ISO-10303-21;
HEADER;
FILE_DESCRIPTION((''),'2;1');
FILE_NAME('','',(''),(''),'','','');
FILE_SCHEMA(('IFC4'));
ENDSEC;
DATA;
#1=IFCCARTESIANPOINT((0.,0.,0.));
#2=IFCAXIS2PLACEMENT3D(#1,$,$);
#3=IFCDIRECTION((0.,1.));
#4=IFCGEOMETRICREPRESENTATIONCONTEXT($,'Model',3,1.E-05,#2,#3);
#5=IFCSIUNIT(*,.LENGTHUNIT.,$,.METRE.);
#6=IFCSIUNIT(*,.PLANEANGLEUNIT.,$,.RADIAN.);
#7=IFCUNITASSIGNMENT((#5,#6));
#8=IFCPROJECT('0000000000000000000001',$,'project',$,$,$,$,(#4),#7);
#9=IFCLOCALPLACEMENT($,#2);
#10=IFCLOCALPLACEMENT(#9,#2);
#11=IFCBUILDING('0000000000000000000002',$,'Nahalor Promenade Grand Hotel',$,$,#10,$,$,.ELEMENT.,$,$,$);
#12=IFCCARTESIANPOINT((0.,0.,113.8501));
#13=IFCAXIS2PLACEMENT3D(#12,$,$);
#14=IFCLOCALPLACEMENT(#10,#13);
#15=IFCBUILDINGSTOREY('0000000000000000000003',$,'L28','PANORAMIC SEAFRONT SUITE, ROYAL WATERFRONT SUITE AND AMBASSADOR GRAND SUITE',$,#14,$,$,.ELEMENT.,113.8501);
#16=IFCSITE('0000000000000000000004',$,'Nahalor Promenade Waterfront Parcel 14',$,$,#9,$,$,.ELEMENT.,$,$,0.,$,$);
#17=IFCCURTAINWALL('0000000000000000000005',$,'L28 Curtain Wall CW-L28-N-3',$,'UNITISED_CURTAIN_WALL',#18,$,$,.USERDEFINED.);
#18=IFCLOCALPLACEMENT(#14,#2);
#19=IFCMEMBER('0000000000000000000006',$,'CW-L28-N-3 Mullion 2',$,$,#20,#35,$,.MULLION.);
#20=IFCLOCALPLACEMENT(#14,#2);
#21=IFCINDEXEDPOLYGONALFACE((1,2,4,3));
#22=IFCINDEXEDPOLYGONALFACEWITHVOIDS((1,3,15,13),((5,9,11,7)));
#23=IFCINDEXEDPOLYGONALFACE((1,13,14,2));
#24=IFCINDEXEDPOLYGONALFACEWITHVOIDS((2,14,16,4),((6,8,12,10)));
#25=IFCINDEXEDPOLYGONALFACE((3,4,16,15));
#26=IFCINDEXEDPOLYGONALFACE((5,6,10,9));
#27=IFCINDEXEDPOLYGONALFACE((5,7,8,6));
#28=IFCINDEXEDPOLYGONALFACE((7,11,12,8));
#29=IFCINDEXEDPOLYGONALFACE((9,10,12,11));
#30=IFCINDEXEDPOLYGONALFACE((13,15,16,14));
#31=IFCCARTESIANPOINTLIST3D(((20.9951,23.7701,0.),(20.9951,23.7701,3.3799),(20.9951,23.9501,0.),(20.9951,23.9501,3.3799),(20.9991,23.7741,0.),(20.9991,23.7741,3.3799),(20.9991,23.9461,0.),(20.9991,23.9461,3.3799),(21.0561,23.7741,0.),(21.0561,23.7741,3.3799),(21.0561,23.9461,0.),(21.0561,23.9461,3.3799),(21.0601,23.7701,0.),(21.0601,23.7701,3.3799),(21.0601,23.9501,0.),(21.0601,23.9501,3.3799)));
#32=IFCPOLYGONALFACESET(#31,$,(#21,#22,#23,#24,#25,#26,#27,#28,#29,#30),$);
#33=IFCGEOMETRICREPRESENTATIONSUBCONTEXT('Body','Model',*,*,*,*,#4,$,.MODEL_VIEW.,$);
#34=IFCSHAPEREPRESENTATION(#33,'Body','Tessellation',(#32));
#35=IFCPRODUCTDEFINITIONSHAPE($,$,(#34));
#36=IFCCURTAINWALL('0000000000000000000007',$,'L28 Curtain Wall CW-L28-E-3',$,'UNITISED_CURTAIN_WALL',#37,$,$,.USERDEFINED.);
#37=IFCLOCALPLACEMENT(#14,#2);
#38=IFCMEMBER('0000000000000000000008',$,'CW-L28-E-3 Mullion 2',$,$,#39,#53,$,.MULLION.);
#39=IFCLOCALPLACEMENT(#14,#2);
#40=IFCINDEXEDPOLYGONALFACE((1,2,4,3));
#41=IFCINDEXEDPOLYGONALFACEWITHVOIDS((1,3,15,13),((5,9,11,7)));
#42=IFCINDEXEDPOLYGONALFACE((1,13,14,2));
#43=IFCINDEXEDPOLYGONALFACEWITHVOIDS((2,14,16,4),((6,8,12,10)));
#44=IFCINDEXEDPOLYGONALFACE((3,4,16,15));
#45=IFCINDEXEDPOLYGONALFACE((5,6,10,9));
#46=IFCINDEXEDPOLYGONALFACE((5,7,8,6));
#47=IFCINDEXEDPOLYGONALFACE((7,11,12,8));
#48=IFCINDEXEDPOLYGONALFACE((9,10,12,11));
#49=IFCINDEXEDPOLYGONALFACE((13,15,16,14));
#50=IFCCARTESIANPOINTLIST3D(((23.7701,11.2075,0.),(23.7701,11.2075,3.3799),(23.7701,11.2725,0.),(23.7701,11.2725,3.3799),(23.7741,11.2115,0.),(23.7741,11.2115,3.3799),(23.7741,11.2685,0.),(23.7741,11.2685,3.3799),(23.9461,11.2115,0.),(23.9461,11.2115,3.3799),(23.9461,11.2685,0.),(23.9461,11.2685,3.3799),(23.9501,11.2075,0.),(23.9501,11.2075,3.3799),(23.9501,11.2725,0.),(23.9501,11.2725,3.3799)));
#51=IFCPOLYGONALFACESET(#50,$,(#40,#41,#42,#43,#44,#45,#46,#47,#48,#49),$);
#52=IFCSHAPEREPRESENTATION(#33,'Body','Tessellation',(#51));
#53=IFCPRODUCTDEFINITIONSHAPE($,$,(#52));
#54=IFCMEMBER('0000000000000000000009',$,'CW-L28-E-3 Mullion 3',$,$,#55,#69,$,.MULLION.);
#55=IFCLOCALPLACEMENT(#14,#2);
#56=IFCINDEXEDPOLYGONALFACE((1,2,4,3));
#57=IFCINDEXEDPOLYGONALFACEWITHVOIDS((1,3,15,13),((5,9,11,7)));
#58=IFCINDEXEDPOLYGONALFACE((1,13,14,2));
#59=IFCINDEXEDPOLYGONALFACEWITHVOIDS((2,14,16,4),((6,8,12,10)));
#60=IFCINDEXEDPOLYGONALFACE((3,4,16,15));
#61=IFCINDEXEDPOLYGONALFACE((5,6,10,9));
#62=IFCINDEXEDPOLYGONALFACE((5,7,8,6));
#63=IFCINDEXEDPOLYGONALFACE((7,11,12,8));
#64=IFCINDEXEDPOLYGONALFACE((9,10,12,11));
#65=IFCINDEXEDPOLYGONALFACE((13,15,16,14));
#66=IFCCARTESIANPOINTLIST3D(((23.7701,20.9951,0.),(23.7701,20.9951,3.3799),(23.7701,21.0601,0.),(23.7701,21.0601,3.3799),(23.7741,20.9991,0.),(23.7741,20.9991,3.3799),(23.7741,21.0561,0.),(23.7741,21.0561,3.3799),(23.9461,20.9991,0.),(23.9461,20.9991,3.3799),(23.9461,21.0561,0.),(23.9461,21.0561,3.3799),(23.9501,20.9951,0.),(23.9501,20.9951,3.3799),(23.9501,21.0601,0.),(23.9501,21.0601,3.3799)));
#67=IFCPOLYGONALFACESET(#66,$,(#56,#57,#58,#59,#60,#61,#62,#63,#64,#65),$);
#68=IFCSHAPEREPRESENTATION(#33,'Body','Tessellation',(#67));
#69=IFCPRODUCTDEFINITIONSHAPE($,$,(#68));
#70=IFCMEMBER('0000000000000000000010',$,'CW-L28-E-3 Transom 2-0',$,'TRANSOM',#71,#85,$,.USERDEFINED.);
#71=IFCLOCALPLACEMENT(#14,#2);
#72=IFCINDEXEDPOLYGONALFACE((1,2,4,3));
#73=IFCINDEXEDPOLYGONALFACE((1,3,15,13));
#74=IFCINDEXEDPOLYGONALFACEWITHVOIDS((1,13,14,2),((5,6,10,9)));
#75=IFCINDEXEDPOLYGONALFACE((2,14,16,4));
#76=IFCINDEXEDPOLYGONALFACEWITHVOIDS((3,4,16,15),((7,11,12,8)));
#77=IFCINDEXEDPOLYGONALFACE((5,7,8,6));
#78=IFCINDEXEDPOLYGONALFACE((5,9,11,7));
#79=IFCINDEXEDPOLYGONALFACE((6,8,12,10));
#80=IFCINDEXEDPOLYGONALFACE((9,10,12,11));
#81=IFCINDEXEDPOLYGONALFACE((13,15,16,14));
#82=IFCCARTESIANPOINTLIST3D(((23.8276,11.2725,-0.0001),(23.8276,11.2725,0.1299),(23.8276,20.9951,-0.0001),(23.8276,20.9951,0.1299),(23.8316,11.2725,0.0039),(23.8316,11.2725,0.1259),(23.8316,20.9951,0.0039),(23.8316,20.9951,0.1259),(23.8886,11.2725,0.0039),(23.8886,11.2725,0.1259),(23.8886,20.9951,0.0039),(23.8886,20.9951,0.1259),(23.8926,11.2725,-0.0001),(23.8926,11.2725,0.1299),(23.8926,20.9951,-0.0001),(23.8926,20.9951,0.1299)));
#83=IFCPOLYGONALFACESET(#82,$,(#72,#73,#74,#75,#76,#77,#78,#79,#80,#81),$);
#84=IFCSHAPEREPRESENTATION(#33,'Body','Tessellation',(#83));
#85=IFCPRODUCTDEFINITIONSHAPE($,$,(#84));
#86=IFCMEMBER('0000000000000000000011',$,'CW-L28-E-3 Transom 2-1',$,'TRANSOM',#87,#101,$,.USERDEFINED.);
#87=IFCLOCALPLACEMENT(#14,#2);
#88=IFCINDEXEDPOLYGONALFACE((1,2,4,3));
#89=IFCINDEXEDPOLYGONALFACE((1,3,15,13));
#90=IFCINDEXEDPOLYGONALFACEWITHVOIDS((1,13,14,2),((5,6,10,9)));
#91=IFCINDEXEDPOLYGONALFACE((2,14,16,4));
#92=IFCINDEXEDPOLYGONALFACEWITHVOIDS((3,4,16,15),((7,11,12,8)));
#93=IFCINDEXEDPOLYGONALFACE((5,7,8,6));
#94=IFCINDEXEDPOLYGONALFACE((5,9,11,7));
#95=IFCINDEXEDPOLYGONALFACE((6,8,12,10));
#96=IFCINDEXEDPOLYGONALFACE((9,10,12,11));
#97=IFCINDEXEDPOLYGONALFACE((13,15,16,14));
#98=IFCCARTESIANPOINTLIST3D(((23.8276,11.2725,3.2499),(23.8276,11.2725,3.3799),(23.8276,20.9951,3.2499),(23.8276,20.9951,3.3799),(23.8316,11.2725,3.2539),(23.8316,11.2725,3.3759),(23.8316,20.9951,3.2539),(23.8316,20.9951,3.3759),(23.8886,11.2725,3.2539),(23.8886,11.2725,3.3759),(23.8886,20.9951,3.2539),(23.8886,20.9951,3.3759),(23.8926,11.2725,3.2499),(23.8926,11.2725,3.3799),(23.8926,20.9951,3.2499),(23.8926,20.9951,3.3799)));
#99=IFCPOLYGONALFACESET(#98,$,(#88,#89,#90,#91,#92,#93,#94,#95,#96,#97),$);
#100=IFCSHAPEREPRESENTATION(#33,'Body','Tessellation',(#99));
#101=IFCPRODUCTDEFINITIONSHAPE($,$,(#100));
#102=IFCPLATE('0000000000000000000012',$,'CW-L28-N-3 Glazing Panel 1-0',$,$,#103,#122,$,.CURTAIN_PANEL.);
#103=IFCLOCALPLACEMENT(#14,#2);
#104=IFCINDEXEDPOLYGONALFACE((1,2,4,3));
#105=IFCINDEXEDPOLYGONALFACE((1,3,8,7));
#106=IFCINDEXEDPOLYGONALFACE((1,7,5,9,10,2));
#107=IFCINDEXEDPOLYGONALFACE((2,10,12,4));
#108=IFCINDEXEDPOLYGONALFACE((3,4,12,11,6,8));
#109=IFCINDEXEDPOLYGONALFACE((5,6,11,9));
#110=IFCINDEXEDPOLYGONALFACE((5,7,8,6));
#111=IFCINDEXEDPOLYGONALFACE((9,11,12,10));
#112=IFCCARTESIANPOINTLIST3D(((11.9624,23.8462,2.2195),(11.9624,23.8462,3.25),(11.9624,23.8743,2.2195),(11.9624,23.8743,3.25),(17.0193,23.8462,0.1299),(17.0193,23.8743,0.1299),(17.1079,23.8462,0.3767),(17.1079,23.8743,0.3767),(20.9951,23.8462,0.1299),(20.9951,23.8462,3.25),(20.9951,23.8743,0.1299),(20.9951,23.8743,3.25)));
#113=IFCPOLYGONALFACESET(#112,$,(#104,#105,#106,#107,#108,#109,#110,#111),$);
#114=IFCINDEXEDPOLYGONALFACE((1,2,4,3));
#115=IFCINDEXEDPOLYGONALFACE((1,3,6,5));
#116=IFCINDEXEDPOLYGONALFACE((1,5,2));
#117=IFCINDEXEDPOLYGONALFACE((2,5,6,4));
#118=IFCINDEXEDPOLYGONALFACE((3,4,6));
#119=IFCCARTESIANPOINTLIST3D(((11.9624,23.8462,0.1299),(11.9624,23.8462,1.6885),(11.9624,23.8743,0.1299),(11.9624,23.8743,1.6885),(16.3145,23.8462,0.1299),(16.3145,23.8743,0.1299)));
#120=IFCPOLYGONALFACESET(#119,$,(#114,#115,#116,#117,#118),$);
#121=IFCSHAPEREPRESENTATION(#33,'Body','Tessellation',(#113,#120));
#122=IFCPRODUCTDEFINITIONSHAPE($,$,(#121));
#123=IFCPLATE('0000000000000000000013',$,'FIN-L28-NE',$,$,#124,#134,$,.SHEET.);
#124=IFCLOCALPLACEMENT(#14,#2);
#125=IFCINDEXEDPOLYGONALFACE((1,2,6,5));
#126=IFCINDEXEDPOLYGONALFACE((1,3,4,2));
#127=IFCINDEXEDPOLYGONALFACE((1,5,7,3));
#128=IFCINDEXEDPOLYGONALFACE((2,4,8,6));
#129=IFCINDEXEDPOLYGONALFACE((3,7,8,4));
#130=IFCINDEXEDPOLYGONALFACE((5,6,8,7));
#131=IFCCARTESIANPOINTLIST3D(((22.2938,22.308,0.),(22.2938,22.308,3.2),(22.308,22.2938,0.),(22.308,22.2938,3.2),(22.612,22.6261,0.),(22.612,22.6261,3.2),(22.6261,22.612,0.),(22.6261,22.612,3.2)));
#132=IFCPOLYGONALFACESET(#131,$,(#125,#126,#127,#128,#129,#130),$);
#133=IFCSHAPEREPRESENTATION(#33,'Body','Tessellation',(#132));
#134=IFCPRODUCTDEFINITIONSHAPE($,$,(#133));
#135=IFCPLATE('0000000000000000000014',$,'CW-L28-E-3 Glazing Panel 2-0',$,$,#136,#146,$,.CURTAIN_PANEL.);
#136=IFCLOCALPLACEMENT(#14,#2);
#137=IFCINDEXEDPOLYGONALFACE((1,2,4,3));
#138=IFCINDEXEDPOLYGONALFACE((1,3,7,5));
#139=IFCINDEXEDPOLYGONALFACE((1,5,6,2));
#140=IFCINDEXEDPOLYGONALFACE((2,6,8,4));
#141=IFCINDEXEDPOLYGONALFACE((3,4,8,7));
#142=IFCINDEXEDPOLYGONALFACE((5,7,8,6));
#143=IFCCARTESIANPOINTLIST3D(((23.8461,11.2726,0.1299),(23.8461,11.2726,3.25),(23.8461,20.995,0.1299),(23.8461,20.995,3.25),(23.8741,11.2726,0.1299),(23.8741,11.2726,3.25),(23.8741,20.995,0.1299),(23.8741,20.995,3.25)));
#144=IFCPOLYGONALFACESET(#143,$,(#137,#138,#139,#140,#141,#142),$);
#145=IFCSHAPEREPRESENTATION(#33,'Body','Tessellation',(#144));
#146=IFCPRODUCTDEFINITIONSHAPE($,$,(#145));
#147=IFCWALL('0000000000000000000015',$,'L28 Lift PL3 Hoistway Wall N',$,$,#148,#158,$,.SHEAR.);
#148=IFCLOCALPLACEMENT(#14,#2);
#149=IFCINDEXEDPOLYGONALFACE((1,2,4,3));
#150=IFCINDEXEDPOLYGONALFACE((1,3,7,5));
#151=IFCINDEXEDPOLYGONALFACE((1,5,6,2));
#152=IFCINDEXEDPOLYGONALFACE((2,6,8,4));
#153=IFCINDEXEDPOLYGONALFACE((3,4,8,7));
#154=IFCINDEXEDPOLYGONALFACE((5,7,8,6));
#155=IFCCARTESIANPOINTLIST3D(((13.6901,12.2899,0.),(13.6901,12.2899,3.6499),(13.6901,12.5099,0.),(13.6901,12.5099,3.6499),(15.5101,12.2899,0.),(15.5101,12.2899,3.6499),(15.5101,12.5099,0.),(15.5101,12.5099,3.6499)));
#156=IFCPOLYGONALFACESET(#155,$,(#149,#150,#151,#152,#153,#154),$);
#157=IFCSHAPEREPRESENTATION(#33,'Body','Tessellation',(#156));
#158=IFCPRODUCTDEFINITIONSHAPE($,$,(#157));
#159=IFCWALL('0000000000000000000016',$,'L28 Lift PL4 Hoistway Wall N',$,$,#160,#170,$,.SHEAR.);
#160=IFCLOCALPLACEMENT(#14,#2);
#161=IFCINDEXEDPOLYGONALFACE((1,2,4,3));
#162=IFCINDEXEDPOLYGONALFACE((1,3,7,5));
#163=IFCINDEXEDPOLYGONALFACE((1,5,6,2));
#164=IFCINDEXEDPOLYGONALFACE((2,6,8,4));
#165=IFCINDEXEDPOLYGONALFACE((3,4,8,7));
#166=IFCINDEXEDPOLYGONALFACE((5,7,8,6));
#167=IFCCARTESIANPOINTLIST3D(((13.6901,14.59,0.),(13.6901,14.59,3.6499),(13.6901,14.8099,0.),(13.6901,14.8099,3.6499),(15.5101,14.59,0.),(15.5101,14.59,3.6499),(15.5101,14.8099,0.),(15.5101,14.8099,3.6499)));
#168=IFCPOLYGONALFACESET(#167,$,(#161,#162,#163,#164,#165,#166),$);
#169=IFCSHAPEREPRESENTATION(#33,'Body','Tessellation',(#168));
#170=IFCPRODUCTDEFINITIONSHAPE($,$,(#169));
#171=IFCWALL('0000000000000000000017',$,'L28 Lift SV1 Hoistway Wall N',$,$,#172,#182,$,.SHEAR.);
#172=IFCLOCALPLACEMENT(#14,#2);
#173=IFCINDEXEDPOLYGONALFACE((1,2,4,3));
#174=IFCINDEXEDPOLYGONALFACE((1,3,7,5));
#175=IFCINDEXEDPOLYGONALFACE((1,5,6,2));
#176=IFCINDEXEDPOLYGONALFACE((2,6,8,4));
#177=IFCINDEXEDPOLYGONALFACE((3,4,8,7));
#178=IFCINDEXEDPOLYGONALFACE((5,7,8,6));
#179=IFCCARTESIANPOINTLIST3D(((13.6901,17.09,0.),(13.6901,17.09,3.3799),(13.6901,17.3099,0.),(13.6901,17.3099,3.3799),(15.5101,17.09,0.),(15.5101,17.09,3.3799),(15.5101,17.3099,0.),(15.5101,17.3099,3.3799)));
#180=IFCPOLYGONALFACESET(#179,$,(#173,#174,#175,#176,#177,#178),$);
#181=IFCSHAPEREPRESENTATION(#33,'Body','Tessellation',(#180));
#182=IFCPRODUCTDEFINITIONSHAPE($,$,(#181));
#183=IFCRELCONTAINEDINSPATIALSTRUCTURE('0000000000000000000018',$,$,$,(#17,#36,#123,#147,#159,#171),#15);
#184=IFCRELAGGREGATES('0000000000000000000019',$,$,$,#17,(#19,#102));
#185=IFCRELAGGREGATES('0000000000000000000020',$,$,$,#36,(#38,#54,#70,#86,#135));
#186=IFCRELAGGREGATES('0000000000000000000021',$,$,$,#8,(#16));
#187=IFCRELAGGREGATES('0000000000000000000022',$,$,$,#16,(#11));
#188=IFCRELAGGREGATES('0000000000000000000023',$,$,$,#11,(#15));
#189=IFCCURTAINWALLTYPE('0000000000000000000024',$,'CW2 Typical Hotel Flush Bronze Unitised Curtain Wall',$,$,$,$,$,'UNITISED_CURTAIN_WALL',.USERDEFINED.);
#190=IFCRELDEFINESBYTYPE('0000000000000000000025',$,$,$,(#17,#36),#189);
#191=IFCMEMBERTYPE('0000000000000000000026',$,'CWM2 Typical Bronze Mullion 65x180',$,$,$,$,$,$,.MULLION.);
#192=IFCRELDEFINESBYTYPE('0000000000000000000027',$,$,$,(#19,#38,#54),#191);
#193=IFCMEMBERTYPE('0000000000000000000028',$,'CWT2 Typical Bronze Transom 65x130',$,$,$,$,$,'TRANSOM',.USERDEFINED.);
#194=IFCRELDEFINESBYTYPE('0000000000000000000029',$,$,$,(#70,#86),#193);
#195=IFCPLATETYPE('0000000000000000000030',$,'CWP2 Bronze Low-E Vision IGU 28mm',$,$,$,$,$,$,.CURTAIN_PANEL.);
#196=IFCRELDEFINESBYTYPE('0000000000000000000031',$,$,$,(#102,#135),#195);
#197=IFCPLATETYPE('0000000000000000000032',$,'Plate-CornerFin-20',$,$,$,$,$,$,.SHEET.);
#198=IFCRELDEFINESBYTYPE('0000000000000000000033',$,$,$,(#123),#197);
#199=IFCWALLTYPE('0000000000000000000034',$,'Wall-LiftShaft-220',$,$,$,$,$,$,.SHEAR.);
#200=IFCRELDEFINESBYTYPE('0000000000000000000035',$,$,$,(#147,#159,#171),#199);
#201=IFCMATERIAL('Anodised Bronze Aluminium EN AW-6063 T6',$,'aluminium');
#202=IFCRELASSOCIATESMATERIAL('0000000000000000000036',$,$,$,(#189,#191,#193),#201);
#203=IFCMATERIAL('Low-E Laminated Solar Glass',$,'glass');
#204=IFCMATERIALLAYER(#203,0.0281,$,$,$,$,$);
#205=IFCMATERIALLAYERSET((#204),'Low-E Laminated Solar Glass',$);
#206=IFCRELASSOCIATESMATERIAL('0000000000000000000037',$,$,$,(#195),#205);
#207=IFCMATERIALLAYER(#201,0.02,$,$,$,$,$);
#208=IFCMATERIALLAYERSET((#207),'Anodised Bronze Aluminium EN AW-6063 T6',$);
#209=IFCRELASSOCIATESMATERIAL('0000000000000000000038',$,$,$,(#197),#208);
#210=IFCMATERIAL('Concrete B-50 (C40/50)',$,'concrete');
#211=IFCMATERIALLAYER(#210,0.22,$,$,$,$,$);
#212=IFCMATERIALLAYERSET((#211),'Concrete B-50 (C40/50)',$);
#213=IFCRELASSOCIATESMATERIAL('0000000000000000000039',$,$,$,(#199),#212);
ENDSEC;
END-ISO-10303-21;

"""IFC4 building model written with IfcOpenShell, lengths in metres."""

from ifc_helpers import new_model, si_unit, direction, frame, frame_2d, origin, origin_2d, place, context, subcontext, project, spatial, polyline, rectangle, hollow_rectangle, outline, extrude, source, transform, mapped, material, layer, layer_set, material_profile, profile_set, type_object, element, aggregate, save


model = new_model("IFC4")

# Units and contexts
model_context = context("Model", 3, precision=1e-05, world=origin(), true_north=direction((0.0, 1.0)))
body_context = subcontext(model_context, "Body", "Model", "MODEL_VIEW")
ifc_project = project(units=[si_unit("LENGTHUNIT", "METRE"), si_unit("PLANEANGLEUNIT", "RADIAN")], contexts=[model_context])

# Site, building, storey
site_placement = place(None, origin())
site = spatial("IfcSite", under=ifc_project, at=site_placement, Name="Nahalor Promenade Waterfront Parcel 14", CompositionType="ELEMENT", RefElevation=0.0)
building_placement = place(site_placement, origin())
building = spatial("IfcBuilding", under=site, at=building_placement, Name="Nahalor Promenade Grand Hotel", CompositionType="ELEMENT")
storey_placement = place(building_placement, frame((0.0, 0.0, 113.8501)))
storey = spatial("IfcBuildingStorey", under=building, at=storey_placement, Name="L28", Description="PANORAMIC SEAFRONT SUITE, ROYAL WATERFRONT SUITE AND AMBASSADOR GRAND SUITE", CompositionType="ELEMENT", Elevation=113.8501)

# Curtain wall, member
ifc_material_1 = material(Name="Anodised Bronze Aluminium EN AW-6063 T6", Category="aluminium")
curtain_wall_type = type_object("IfcCurtainWallType", Name="CW2 Typical Hotel Flush Bronze Unitised Curtain Wall", ElementType="UNITISED_CURTAIN_WALL", PredefinedType="USERDEFINED", material=ifc_material_1)
curtain_wall_1_placement = place(storey_placement, origin())
curtain_wall_1 = element("IfcCurtainWall", 1, at=curtain_wall_1_placement, inside=storey, type_object=curtain_wall_type, Name="L28 Curtain Wall CW-L28-N-3", ObjectType="UNITISED_CURTAIN_WALL", PredefinedType="USERDEFINED")
ifc_material_profile_1 = material_profile(ifc_material_1, hollow_rectangle(XDim=0.065, YDim=0.18, WallThickness=0.004, at=origin_2d()), Name="CWM 65x180x4")
ifc_profile_set_1 = profile_set([ifc_material_profile_1], Name="Anodised Bronze Aluminium EN AW-6063 T6")
member_type_1 = type_object("IfcMemberType", Name="CWM2 Typical Bronze Mullion 65x180", PredefinedType="MULLION", material=ifc_profile_set_1)
shared_shape_1 = source(origin(), body_context, "Body", "SweptSolid", [
    extrude(hollow_rectangle(XDim=0.065, YDim=0.18, WallThickness=0.004, at=origin_2d()), origin(), (0.0, 0.0, 1.0), 3.3799),
])
member_1_placement = place(storey_placement, frame((21.0276, 23.8601, 0.0), z_axis=(0.0, 0.0, 1.0), x_axis=(1.0, 0.0, 0.0)))
member_1 = element("IfcMember", 2, at=member_1_placement, type_object=member_type_1, Name="CW-L28-N-3 Mullion 2", PredefinedType="MULLION", context=body_context, shape_type="MappedRepresentation", body=[
    mapped(shared_shape_1, transform((0.0, 0.0, 0.0), scale=1.0)),
])

# Curtain wall, members
curtain_wall_2_placement = place(storey_placement, origin())
curtain_wall_2 = element("IfcCurtainWall", 3, at=curtain_wall_2_placement, inside=storey, type_object=curtain_wall_type, Name="L28 Curtain Wall CW-L28-E-3", ObjectType="UNITISED_CURTAIN_WALL", PredefinedType="USERDEFINED")
member_2_placement = place(storey_placement, frame((23.8601, 11.24, 0.0), z_axis=(0.0, 0.0, 1.0), x_axis=(0.0, 1.0, 0.0)))
member_2 = element("IfcMember", 4, at=member_2_placement, type_object=member_type_1, Name="CW-L28-E-3 Mullion 2", PredefinedType="MULLION", context=body_context, shape_type="MappedRepresentation", body=[
    mapped(shared_shape_1, transform((0.0, 0.0, 0.0), scale=1.0)),
])
member_3_placement = place(storey_placement, frame((23.8601, 21.0276, 0.0), z_axis=(0.0, 0.0, 1.0), x_axis=(0.0, 1.0, 0.0)))
member_3 = element("IfcMember", 5, at=member_3_placement, type_object=member_type_1, Name="CW-L28-E-3 Mullion 3", PredefinedType="MULLION", context=body_context, shape_type="MappedRepresentation", body=[
    mapped(shared_shape_1, transform((0.0, 0.0, 0.0), scale=1.0)),
])
ifc_material_profile_2 = material_profile(ifc_material_1, hollow_rectangle(XDim=0.065, YDim=0.13, WallThickness=0.004, at=origin_2d()), Name="CWT 65x130x4")
ifc_profile_set_2 = profile_set([ifc_material_profile_2], Name="Anodised Bronze Aluminium EN AW-6063 T6")
member_type_2 = type_object("IfcMemberType", Name="CWT2 Typical Bronze Transom 65x130", ElementType="TRANSOM", PredefinedType="USERDEFINED", material=ifc_profile_set_2)
shared_shape_2 = source(origin(), body_context, "Body", "SweptSolid", [
    extrude(hollow_rectangle(XDim=0.065, YDim=0.13, WallThickness=0.004, at=origin_2d()), origin(), (0.0, 0.0, 1.0), 9.7227),
])
member_4_placement = place(storey_placement, frame((23.8601, 11.2725, 0.0649), z_axis=(0.0, 1.0, 0.0), x_axis=(-1.0, 0.0, 0.0)))
member_4 = element("IfcMember", 6, at=member_4_placement, type_object=member_type_2, Name="CW-L28-E-3 Transom 2-0", ObjectType="TRANSOM", PredefinedType="USERDEFINED", context=body_context, shape_type="MappedRepresentation", body=[
    mapped(shared_shape_2, transform((0.0, 0.0, 0.0), scale=1.0)),
])
member_5_placement = place(storey_placement, frame((23.8601, 11.2725, 3.3149), z_axis=(0.0, 1.0, 0.0), x_axis=(-1.0, 0.0, 0.0)))
member_5 = element("IfcMember", 7, at=member_5_placement, type_object=member_type_2, Name="CW-L28-E-3 Transom 2-1", ObjectType="TRANSOM", PredefinedType="USERDEFINED", context=body_context, shape_type="MappedRepresentation", body=[
    mapped(shared_shape_2, transform((0.0, 0.0, 0.0), scale=1.0)),
])

# Plates
ifc_material_2 = material(Name="Low-E Laminated Solar Glass", Category="glass")
ifc_layer_1 = layer(ifc_material_2, 0.0281)
ifc_layer_set_1 = layer_set([ifc_layer_1], Name="Low-E Laminated Solar Glass")
plate_type_1 = type_object("IfcPlateType", Name="CWP2 Bronze Low-E Vision IGU 28mm", PredefinedType="CURTAIN_PANEL", material=ifc_layer_set_1)
plate_1_placement = place(storey_placement, frame((16.4788, 23.8601, 0.1299), z_axis=(0.0, 0.0, 1.0), x_axis=(1.0, 0.0, 0.0)))
plate_1 = element("IfcPlate", 8, at=plate_1_placement, type_object=plate_type_1, Name="CW-L28-N-3 Glazing Panel 1-0", PredefinedType="CURTAIN_PANEL", context=body_context, shape_type="SweptSolid", body=[
    extrude(outline(polyline([(4.5164, 3.1201), (-4.5164, 3.1201), (-4.5164, 2.0896), (0.6292, 0.2468), (0.5405, 0.0), (4.5164, 0.0), (4.5164, 3.1201)])), frame((0.0, 0.0142, 0.0), z_axis=(0.0, -1.0, 0.0), x_axis=(1.0, 0.0, 0.0)), (0.0, 0.0, 1.0), 0.0281),
    extrude(outline(polyline([(-4.5164, 1.5586), (-4.5164, 0.0), (-0.1643, 0.0), (-4.5164, 1.5586)])), frame((0.0, 0.0142, 0.0), z_axis=(0.0, -1.0, 0.0), x_axis=(1.0, 0.0, 0.0)), (0.0, 0.0, 1.0), 0.0281),
])
aggregate(curtain_wall_1, [member_1, plate_1])
ifc_layer_2 = layer(ifc_material_1, 0.02)
ifc_layer_set_2 = layer_set([ifc_layer_2], Name="Anodised Bronze Aluminium EN AW-6063 T6")
plate_type_2 = type_object("IfcPlateType", Name="Plate-CornerFin-20", PredefinedType="SHEET", material=ifc_layer_set_2)
shared_shape_3 = source(origin(), body_context, "Body", "SweptSolid", [
    extrude(rectangle(XDim=0.45, YDim=0.02, at=origin_2d()), origin(), (0.0, 0.0, 1.0), 3.2),
])
plate_2_placement = place(storey_placement, frame((22.46, 22.46, 0.0), z_axis=(0.0, 0.0, 1.0), x_axis=(0.707107, 0.707107, 0.0)))
element("IfcPlate", 9, at=plate_2_placement, inside=storey, type_object=plate_type_2, Name="FIN-L28-NE", PredefinedType="SHEET", context=body_context, shape_type="MappedRepresentation", body=[
    mapped(shared_shape_3, transform((0.0, 0.0, 0.0), scale=1.0)),
])
shared_shape_4 = source(origin(), body_context, "Body", "SweptSolid", [
    extrude(rectangle(XDim=9.7224, YDim=0.0281, at=origin_2d()), origin(), (0.0, 0.0, 1.0), 3.1201),
])
plate_3_placement = place(storey_placement, frame((23.8601, 16.1338, 0.1299), z_axis=(0.0, 0.0, 1.0), x_axis=(0.0, 1.0, 0.0)))
plate_3 = element("IfcPlate", 10, at=plate_3_placement, type_object=plate_type_1, Name="CW-L28-E-3 Glazing Panel 2-0", PredefinedType="CURTAIN_PANEL", context=body_context, shape_type="MappedRepresentation", body=[
    mapped(shared_shape_4, transform((0.0, 0.0, 0.0), scale=1.0)),
])
aggregate(curtain_wall_2, [member_2, member_3, member_4, member_5, plate_3])

# Walls
ifc_material_3 = material(Name="Concrete B-50 (C40/50)", Category="concrete")
ifc_layer_3 = layer(ifc_material_3, 0.22)
ifc_layer_set_3 = layer_set([ifc_layer_3], Name="Concrete B-50 (C40/50)")
wall_type_1 = type_object("IfcWallType", Name="Wall-LiftShaft-220", PredefinedType="SHEAR", material=ifc_layer_set_3)
shared_shape_5 = source(origin(), body_context, "Body", "SweptSolid", [
    extrude(rectangle(XDim=1.8201, YDim=0.22, at=frame_2d((0.9102, 0.0))), origin(), (0.0, 0.0, 1.0), 3.6499),
])
for number, where, z_axis, x_axis, name in (
    (11, (13.6899, 12.3999, 0.0), (0.0, 0.0, 1.0), (1.0, 0.0, 0.0), "L28 Lift PL3 Hoistway Wall N"),
    (12, (13.6899, 14.7, 0.0), (0.0, 0.0, 1.0), (1.0, 0.0, 0.0), "L28 Lift PL4 Hoistway Wall N"),
):
    element("IfcWall", number, at=place(storey_placement, frame(where, z_axis=z_axis, x_axis=x_axis)), inside=storey, type_object=wall_type_1, Name=name, PredefinedType="SHEAR", context=body_context, shape_type="MappedRepresentation", body=[
        mapped(shared_shape_5, transform((0.0, 0.0, 0.0), scale=1.0)),
    ])
shared_shape_6 = source(origin(), body_context, "Body", "SweptSolid", [
    extrude(rectangle(XDim=1.8201, YDim=0.22, at=frame_2d((0.9102, 0.0))), origin(), (0.0, 0.0, 1.0), 3.3799),
])
wall_1_placement = place(storey_placement, frame((13.6899, 17.2, 0.0), z_axis=(0.0, 0.0, 1.0), x_axis=(1.0, 0.0, 0.0)))
element("IfcWall", 13, at=wall_1_placement, inside=storey, type_object=wall_type_1, Name="L28 Lift SV1 Hoistway Wall N", PredefinedType="SHEAR", context=body_context, shape_type="MappedRepresentation", body=[
    mapped(shared_shape_6, transform((0.0, 0.0, 0.0), scale=1.0)),
])

save(model, "model.ifc")
